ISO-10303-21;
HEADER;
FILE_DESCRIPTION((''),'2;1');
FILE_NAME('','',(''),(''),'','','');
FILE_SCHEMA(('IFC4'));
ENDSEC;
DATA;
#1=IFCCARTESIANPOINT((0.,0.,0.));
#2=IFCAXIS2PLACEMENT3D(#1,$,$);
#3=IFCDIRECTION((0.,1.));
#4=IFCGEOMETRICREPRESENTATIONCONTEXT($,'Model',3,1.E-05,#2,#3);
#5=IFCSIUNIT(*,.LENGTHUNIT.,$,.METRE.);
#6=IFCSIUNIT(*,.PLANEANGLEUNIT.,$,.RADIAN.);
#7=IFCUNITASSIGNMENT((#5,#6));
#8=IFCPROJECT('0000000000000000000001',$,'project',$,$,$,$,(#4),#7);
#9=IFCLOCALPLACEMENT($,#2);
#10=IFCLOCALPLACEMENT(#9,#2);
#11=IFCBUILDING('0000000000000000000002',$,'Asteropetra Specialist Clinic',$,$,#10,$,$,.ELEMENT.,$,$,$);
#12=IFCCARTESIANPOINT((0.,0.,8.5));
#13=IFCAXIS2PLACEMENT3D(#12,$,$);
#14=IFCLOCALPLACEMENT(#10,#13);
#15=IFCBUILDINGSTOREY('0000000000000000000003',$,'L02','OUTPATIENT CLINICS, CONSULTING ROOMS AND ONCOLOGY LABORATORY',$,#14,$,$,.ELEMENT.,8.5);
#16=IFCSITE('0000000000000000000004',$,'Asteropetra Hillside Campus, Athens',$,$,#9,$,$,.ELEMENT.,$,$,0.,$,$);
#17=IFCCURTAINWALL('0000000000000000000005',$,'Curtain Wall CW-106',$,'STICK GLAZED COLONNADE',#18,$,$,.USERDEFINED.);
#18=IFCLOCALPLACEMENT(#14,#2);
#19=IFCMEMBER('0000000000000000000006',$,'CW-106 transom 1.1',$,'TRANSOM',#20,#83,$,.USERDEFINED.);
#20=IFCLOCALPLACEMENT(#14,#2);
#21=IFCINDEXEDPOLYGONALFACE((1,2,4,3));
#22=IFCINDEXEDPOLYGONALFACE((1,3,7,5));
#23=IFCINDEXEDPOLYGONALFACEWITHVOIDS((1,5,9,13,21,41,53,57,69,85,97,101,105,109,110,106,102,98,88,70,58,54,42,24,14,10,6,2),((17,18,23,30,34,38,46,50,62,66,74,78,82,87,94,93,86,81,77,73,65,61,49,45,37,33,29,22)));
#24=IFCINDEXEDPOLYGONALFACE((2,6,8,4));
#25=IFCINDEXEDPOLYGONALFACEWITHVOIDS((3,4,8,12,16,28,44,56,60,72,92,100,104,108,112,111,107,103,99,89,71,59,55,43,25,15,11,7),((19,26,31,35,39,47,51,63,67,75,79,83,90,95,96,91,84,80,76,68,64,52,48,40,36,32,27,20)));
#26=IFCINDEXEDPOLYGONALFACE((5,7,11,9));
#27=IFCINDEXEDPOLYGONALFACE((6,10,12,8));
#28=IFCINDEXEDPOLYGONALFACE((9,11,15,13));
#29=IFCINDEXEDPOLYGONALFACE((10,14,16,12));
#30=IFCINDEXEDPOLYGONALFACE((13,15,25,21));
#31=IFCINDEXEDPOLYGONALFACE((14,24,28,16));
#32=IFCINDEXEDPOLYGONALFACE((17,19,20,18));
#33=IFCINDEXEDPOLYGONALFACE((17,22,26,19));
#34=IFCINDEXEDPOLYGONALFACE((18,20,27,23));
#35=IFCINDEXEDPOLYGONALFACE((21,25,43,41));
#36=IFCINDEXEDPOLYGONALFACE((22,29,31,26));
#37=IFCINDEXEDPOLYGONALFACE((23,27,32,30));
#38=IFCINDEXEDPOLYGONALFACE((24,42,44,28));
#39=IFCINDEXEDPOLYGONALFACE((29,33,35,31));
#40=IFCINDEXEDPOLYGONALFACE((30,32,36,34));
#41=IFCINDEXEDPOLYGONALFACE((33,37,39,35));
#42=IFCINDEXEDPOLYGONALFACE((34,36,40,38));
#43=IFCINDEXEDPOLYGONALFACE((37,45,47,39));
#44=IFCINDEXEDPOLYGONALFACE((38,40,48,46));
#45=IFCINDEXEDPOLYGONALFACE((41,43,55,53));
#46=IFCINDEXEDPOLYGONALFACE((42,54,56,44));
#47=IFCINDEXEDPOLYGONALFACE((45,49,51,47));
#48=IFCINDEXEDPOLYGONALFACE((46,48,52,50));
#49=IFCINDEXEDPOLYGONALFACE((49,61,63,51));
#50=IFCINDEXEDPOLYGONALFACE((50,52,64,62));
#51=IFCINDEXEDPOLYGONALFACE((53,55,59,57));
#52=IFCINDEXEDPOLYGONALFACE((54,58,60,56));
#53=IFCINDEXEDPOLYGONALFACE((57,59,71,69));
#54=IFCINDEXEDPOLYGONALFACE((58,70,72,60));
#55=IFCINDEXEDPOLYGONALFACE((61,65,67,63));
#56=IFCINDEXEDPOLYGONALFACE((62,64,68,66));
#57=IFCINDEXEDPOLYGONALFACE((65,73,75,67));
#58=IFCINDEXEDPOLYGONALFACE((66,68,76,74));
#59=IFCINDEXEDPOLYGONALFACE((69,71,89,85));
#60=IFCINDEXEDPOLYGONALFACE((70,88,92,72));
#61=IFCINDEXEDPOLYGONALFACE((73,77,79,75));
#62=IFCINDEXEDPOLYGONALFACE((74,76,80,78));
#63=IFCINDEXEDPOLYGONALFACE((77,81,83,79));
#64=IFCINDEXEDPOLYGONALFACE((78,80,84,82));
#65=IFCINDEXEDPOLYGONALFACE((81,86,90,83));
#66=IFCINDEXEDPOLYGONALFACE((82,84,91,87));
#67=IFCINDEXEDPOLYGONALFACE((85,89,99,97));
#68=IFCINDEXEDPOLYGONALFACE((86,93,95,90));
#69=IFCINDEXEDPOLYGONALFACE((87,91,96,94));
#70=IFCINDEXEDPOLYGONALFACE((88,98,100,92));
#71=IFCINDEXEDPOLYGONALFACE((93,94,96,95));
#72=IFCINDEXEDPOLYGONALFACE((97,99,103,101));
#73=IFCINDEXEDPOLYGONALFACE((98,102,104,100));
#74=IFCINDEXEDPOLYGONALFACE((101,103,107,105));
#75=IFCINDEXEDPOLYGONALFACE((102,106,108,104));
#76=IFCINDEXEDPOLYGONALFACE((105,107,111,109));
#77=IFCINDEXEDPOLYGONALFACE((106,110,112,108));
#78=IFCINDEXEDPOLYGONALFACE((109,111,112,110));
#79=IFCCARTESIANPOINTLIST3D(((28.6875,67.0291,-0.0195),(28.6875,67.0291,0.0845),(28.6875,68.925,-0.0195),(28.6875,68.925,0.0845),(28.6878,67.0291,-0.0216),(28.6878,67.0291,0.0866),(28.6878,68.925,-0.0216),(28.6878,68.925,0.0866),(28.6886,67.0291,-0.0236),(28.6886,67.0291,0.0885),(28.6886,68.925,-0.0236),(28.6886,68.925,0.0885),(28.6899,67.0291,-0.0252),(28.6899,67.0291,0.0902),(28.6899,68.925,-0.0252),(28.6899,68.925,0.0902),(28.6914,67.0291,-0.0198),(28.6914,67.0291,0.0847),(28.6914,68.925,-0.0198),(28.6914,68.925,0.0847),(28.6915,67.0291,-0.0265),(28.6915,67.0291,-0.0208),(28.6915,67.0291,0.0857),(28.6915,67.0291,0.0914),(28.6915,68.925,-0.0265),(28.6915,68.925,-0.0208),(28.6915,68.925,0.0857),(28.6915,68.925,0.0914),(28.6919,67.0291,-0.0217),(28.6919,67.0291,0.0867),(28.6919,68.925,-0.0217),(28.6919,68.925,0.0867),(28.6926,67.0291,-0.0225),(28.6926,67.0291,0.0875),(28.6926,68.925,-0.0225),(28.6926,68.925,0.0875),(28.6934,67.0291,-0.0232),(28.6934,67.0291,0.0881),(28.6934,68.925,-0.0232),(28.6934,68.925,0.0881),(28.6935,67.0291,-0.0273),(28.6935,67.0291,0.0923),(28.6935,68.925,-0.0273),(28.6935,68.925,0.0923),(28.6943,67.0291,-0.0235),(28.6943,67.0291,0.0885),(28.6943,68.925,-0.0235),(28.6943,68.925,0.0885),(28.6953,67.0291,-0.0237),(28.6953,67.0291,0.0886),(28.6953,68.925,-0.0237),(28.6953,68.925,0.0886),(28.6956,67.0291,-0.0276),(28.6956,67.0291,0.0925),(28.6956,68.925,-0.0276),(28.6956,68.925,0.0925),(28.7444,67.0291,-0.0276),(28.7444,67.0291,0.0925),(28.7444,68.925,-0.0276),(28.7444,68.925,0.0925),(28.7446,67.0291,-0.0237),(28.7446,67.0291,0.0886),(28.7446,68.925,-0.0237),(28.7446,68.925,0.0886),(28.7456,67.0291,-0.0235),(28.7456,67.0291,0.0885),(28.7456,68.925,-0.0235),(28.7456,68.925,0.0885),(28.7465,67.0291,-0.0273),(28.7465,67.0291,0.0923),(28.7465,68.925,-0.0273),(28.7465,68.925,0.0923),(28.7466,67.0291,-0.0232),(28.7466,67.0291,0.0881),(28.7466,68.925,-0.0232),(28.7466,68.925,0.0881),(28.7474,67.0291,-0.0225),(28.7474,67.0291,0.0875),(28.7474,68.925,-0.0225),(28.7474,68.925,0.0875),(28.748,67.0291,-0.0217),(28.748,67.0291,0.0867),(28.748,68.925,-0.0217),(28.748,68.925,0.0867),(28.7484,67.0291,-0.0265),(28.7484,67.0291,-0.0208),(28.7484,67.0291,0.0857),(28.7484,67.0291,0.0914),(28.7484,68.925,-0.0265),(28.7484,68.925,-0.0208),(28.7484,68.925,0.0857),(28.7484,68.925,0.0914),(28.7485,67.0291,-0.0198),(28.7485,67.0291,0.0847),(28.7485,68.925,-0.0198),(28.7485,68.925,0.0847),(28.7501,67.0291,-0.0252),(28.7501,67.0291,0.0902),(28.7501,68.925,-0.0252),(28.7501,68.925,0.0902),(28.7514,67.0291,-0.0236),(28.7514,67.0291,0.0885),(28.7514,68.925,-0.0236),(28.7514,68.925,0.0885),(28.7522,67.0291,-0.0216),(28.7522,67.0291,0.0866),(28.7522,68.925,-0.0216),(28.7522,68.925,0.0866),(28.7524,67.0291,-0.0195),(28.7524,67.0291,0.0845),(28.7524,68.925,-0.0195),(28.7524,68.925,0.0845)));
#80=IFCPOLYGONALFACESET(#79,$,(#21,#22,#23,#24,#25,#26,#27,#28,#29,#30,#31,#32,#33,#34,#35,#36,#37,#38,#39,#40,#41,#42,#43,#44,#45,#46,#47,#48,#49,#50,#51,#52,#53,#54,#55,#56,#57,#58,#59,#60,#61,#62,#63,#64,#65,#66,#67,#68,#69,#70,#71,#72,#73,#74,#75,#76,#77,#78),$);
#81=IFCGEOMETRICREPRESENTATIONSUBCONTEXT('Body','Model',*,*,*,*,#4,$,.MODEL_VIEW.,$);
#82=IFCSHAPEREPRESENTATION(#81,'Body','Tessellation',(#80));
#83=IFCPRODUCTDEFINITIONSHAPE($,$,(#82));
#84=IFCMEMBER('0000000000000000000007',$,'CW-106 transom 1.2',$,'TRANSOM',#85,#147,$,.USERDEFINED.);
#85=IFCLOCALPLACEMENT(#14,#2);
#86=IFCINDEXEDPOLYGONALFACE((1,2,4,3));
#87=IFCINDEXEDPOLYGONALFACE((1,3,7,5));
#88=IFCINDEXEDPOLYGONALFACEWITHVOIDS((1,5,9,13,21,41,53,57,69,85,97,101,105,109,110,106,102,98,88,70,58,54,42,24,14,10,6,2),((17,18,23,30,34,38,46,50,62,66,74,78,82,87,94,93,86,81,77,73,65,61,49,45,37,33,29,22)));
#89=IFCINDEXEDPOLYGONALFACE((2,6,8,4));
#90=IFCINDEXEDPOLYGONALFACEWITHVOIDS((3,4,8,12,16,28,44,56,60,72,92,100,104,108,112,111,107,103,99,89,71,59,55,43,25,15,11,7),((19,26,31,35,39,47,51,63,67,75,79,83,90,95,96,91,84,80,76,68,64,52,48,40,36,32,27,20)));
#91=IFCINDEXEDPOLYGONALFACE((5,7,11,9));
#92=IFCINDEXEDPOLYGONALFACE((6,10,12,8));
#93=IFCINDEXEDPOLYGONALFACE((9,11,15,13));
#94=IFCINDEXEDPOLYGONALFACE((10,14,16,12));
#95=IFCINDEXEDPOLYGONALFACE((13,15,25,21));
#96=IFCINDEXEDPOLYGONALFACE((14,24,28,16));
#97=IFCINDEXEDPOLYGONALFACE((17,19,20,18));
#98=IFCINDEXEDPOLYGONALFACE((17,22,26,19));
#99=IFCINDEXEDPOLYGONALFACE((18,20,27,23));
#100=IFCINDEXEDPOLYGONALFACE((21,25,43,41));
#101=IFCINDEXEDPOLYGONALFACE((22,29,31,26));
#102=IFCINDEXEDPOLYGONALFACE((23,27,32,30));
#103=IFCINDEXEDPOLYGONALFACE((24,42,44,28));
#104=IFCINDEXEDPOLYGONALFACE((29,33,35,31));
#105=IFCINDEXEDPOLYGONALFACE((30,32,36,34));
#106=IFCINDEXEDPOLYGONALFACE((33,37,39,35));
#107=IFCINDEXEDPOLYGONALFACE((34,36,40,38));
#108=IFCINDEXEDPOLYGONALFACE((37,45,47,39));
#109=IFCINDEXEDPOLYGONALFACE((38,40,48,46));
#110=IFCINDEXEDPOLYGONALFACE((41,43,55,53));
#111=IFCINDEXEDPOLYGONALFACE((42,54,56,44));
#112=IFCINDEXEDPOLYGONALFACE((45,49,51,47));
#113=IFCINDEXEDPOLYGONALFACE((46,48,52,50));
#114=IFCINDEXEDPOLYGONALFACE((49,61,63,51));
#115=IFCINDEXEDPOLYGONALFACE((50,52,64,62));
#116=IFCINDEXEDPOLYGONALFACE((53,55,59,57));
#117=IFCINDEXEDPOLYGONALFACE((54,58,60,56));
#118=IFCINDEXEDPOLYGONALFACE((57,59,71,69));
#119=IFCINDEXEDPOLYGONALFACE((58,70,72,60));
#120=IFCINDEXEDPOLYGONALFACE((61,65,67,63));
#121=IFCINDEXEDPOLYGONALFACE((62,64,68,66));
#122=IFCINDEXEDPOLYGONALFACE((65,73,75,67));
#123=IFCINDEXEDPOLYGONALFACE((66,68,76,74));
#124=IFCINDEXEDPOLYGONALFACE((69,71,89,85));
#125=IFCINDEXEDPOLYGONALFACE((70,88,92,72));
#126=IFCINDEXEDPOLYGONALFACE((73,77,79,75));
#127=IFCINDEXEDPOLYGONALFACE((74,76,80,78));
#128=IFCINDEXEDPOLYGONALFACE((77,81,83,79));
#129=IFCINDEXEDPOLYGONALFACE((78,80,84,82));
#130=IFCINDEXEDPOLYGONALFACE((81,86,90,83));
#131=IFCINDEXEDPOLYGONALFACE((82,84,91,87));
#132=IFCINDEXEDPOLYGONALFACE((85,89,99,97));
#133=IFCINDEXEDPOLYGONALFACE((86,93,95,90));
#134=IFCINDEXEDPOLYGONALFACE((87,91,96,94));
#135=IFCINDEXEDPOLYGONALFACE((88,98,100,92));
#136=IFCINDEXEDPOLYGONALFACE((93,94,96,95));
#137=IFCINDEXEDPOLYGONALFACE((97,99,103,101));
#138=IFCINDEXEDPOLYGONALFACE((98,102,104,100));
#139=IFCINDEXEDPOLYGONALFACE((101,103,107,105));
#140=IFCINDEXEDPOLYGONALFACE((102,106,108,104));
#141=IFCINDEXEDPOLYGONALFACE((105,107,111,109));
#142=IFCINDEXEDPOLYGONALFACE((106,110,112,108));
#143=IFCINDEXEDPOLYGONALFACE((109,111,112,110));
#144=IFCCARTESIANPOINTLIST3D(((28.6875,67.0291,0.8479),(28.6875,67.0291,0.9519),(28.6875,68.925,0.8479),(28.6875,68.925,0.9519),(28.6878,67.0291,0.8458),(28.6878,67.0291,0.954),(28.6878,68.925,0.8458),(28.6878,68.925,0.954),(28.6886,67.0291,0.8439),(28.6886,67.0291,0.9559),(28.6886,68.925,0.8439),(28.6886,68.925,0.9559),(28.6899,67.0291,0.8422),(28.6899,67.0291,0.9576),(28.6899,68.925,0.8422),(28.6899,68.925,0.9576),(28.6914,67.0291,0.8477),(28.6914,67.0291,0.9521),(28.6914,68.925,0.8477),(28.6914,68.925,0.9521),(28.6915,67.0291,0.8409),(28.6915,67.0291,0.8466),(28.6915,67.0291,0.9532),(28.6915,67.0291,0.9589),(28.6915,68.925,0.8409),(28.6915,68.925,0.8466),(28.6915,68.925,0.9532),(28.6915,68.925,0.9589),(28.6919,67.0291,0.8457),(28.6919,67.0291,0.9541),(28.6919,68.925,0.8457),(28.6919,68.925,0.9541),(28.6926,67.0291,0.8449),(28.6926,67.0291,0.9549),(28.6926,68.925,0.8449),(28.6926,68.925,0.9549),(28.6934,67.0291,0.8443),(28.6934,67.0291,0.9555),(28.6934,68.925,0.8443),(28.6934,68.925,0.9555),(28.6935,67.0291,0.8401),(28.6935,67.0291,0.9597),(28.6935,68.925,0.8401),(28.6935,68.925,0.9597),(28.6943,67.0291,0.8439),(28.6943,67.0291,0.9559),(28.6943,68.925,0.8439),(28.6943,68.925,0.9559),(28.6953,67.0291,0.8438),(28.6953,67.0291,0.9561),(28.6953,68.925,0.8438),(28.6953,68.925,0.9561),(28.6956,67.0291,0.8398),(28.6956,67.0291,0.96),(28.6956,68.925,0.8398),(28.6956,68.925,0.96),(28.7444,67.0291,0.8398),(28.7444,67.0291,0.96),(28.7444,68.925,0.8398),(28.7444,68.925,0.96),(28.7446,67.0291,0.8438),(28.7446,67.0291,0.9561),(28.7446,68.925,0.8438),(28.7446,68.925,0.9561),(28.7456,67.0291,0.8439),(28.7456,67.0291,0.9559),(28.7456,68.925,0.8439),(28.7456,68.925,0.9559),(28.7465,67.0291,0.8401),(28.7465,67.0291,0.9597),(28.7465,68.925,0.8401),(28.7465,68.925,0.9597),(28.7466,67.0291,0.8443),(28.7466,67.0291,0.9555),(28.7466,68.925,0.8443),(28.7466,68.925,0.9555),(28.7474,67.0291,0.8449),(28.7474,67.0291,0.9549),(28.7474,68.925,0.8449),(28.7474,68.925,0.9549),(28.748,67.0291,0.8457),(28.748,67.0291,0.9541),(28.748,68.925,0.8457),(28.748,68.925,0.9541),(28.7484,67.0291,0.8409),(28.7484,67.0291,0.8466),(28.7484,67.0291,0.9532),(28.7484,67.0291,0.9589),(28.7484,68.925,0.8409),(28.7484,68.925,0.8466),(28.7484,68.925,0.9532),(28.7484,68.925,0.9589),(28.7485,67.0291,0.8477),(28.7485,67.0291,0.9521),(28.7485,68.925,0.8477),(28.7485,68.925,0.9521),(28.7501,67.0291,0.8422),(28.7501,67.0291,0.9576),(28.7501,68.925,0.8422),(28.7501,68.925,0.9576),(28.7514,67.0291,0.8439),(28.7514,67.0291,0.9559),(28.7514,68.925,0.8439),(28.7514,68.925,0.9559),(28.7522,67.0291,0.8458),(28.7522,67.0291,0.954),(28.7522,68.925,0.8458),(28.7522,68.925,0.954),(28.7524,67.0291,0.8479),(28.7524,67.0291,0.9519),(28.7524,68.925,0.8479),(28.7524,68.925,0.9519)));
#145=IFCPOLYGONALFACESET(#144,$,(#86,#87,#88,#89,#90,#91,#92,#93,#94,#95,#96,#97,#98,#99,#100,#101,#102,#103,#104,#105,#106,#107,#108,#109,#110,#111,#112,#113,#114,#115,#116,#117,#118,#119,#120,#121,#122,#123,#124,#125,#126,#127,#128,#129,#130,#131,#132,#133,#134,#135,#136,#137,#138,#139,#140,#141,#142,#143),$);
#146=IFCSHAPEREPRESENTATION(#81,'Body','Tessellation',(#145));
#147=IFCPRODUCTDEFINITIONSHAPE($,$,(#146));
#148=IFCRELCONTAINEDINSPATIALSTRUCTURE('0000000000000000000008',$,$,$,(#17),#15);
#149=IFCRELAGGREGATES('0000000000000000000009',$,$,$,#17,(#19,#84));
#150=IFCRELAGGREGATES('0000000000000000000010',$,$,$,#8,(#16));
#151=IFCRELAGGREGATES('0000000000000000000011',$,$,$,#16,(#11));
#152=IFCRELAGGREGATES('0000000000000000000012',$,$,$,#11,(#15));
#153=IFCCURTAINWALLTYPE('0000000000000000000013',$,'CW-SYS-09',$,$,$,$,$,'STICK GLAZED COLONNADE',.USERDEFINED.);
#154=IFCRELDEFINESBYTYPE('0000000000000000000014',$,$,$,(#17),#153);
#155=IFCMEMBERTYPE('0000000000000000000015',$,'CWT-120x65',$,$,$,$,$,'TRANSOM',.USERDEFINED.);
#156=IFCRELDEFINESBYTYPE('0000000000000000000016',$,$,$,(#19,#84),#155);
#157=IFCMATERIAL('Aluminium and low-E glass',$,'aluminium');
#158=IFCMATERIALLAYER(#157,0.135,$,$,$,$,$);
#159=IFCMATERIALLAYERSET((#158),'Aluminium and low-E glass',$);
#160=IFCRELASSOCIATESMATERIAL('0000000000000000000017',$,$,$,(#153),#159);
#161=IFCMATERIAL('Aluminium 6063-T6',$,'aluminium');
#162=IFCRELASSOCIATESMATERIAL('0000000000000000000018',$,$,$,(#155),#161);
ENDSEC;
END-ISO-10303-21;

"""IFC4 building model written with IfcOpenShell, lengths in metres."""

from ifc_helpers import new_model, si_unit, direction, frame, origin, origin_2d, place, context, subcontext, project, spatial, hollow_rectangle, extrude, material, layer, layer_set, material_profile, profile_set, type_object, element, aggregate, save


model = new_model("IFC4")

# Units and contexts
model_context = context("Model", 3, precision=1e-05, world=origin(), true_north=direction((0.0, 1.0)))
body_context = subcontext(model_context, "Body", "Model", "MODEL_VIEW")
ifc_project = project(units=[si_unit("LENGTHUNIT", "METRE"), si_unit("PLANEANGLEUNIT", "RADIAN")], contexts=[model_context])

# Site, building, storey
site_placement = place(None, origin())
site = spatial("IfcSite", under=ifc_project, at=site_placement, Name="Asteropetra Hillside Campus, Athens", CompositionType="ELEMENT", RefElevation=0.0)
building_placement = place(site_placement, origin())
building = spatial("IfcBuilding", under=site, at=building_placement, Name="Asteropetra Specialist Clinic", CompositionType="ELEMENT")
storey_placement = place(building_placement, frame((0.0, 0.0, 8.5)))
storey = spatial("IfcBuildingStorey", under=building, at=storey_placement, Name="L02", Description="OUTPATIENT CLINICS, CONSULTING ROOMS AND ONCOLOGY LABORATORY", CompositionType="ELEMENT", Elevation=8.5)

# Curtain wall, members
ifc_material_1 = material(Name="Aluminium and low-E glass", Category="aluminium")
ifc_layer_1 = layer(ifc_material_1, 0.135)
ifc_layer_set_1 = layer_set([ifc_layer_1], Name="Aluminium and low-E glass")
curtain_wall_type = type_object("IfcCurtainWallType", Name="CW-SYS-09", ElementType="STICK GLAZED COLONNADE", PredefinedType="USERDEFINED", material=ifc_layer_set_1)
curtain_wall_placement = place(storey_placement, origin())
curtain_wall = element("IfcCurtainWall", 1, at=curtain_wall_placement, inside=storey, type_object=curtain_wall_type, Name="Curtain Wall CW-106", ObjectType="STICK GLAZED COLONNADE", PredefinedType="USERDEFINED")
ifc_material_2 = material(Name="Aluminium 6063-T6", Category="aluminium")
ifc_material_profile_1 = material_profile(ifc_material_2, hollow_rectangle(XDim=0.0649, YDim=0.1201, WallThickness=0.0039, InnerFilletRadius=0.0039, OuterFilletRadius=0.0081, at=origin_2d()), Name="TRN 120x65x4.0")
ifc_profile_set_1 = profile_set([ifc_material_profile_1], Name="Aluminium 6063-T6")
member_type_1 = type_object("IfcMemberType", Name="CWT-120x65", ElementType="TRANSOM", PredefinedType="USERDEFINED", material=ifc_profile_set_1)
member_1_placement = place(storey_placement, frame((28.72, 68.925, 0.0325), z_axis=(0.0, -1.0, 0.0), x_axis=(1.0, 0.0, 0.0)))
member_1 = element("IfcMember", 2, at=member_1_placement, type_object=member_type_1, Name="CW-106 transom 1.1", ObjectType="TRANSOM", PredefinedType="USERDEFINED", context=body_context, shape_type="SweptSolid", body=[
    extrude(hollow_rectangle(XDim=0.0649, YDim=0.1201, WallThickness=0.0039, InnerFilletRadius=0.0039, OuterFilletRadius=0.0081, at=origin_2d()), origin(), (0.0, 0.0, 1.0), 1.896),
])
member_2_placement = place(storey_placement, frame((28.72, 68.925, 0.8999), z_axis=(0.0, -1.0, 0.0), x_axis=(1.0, 0.0, 0.0)))
member_2 = element("IfcMember", 3, at=member_2_placement, type_object=member_type_1, Name="CW-106 transom 1.2", ObjectType="TRANSOM", PredefinedType="USERDEFINED", context=body_context, shape_type="SweptSolid", body=[
    extrude(hollow_rectangle(XDim=0.0649, YDim=0.1201, WallThickness=0.0039, InnerFilletRadius=0.0039, OuterFilletRadius=0.0081, at=origin_2d()), origin(), (0.0, 0.0, 1.0), 1.896),
])

aggregate(curtain_wall, [member_1, member_2])

save(model, "model.ifc")
